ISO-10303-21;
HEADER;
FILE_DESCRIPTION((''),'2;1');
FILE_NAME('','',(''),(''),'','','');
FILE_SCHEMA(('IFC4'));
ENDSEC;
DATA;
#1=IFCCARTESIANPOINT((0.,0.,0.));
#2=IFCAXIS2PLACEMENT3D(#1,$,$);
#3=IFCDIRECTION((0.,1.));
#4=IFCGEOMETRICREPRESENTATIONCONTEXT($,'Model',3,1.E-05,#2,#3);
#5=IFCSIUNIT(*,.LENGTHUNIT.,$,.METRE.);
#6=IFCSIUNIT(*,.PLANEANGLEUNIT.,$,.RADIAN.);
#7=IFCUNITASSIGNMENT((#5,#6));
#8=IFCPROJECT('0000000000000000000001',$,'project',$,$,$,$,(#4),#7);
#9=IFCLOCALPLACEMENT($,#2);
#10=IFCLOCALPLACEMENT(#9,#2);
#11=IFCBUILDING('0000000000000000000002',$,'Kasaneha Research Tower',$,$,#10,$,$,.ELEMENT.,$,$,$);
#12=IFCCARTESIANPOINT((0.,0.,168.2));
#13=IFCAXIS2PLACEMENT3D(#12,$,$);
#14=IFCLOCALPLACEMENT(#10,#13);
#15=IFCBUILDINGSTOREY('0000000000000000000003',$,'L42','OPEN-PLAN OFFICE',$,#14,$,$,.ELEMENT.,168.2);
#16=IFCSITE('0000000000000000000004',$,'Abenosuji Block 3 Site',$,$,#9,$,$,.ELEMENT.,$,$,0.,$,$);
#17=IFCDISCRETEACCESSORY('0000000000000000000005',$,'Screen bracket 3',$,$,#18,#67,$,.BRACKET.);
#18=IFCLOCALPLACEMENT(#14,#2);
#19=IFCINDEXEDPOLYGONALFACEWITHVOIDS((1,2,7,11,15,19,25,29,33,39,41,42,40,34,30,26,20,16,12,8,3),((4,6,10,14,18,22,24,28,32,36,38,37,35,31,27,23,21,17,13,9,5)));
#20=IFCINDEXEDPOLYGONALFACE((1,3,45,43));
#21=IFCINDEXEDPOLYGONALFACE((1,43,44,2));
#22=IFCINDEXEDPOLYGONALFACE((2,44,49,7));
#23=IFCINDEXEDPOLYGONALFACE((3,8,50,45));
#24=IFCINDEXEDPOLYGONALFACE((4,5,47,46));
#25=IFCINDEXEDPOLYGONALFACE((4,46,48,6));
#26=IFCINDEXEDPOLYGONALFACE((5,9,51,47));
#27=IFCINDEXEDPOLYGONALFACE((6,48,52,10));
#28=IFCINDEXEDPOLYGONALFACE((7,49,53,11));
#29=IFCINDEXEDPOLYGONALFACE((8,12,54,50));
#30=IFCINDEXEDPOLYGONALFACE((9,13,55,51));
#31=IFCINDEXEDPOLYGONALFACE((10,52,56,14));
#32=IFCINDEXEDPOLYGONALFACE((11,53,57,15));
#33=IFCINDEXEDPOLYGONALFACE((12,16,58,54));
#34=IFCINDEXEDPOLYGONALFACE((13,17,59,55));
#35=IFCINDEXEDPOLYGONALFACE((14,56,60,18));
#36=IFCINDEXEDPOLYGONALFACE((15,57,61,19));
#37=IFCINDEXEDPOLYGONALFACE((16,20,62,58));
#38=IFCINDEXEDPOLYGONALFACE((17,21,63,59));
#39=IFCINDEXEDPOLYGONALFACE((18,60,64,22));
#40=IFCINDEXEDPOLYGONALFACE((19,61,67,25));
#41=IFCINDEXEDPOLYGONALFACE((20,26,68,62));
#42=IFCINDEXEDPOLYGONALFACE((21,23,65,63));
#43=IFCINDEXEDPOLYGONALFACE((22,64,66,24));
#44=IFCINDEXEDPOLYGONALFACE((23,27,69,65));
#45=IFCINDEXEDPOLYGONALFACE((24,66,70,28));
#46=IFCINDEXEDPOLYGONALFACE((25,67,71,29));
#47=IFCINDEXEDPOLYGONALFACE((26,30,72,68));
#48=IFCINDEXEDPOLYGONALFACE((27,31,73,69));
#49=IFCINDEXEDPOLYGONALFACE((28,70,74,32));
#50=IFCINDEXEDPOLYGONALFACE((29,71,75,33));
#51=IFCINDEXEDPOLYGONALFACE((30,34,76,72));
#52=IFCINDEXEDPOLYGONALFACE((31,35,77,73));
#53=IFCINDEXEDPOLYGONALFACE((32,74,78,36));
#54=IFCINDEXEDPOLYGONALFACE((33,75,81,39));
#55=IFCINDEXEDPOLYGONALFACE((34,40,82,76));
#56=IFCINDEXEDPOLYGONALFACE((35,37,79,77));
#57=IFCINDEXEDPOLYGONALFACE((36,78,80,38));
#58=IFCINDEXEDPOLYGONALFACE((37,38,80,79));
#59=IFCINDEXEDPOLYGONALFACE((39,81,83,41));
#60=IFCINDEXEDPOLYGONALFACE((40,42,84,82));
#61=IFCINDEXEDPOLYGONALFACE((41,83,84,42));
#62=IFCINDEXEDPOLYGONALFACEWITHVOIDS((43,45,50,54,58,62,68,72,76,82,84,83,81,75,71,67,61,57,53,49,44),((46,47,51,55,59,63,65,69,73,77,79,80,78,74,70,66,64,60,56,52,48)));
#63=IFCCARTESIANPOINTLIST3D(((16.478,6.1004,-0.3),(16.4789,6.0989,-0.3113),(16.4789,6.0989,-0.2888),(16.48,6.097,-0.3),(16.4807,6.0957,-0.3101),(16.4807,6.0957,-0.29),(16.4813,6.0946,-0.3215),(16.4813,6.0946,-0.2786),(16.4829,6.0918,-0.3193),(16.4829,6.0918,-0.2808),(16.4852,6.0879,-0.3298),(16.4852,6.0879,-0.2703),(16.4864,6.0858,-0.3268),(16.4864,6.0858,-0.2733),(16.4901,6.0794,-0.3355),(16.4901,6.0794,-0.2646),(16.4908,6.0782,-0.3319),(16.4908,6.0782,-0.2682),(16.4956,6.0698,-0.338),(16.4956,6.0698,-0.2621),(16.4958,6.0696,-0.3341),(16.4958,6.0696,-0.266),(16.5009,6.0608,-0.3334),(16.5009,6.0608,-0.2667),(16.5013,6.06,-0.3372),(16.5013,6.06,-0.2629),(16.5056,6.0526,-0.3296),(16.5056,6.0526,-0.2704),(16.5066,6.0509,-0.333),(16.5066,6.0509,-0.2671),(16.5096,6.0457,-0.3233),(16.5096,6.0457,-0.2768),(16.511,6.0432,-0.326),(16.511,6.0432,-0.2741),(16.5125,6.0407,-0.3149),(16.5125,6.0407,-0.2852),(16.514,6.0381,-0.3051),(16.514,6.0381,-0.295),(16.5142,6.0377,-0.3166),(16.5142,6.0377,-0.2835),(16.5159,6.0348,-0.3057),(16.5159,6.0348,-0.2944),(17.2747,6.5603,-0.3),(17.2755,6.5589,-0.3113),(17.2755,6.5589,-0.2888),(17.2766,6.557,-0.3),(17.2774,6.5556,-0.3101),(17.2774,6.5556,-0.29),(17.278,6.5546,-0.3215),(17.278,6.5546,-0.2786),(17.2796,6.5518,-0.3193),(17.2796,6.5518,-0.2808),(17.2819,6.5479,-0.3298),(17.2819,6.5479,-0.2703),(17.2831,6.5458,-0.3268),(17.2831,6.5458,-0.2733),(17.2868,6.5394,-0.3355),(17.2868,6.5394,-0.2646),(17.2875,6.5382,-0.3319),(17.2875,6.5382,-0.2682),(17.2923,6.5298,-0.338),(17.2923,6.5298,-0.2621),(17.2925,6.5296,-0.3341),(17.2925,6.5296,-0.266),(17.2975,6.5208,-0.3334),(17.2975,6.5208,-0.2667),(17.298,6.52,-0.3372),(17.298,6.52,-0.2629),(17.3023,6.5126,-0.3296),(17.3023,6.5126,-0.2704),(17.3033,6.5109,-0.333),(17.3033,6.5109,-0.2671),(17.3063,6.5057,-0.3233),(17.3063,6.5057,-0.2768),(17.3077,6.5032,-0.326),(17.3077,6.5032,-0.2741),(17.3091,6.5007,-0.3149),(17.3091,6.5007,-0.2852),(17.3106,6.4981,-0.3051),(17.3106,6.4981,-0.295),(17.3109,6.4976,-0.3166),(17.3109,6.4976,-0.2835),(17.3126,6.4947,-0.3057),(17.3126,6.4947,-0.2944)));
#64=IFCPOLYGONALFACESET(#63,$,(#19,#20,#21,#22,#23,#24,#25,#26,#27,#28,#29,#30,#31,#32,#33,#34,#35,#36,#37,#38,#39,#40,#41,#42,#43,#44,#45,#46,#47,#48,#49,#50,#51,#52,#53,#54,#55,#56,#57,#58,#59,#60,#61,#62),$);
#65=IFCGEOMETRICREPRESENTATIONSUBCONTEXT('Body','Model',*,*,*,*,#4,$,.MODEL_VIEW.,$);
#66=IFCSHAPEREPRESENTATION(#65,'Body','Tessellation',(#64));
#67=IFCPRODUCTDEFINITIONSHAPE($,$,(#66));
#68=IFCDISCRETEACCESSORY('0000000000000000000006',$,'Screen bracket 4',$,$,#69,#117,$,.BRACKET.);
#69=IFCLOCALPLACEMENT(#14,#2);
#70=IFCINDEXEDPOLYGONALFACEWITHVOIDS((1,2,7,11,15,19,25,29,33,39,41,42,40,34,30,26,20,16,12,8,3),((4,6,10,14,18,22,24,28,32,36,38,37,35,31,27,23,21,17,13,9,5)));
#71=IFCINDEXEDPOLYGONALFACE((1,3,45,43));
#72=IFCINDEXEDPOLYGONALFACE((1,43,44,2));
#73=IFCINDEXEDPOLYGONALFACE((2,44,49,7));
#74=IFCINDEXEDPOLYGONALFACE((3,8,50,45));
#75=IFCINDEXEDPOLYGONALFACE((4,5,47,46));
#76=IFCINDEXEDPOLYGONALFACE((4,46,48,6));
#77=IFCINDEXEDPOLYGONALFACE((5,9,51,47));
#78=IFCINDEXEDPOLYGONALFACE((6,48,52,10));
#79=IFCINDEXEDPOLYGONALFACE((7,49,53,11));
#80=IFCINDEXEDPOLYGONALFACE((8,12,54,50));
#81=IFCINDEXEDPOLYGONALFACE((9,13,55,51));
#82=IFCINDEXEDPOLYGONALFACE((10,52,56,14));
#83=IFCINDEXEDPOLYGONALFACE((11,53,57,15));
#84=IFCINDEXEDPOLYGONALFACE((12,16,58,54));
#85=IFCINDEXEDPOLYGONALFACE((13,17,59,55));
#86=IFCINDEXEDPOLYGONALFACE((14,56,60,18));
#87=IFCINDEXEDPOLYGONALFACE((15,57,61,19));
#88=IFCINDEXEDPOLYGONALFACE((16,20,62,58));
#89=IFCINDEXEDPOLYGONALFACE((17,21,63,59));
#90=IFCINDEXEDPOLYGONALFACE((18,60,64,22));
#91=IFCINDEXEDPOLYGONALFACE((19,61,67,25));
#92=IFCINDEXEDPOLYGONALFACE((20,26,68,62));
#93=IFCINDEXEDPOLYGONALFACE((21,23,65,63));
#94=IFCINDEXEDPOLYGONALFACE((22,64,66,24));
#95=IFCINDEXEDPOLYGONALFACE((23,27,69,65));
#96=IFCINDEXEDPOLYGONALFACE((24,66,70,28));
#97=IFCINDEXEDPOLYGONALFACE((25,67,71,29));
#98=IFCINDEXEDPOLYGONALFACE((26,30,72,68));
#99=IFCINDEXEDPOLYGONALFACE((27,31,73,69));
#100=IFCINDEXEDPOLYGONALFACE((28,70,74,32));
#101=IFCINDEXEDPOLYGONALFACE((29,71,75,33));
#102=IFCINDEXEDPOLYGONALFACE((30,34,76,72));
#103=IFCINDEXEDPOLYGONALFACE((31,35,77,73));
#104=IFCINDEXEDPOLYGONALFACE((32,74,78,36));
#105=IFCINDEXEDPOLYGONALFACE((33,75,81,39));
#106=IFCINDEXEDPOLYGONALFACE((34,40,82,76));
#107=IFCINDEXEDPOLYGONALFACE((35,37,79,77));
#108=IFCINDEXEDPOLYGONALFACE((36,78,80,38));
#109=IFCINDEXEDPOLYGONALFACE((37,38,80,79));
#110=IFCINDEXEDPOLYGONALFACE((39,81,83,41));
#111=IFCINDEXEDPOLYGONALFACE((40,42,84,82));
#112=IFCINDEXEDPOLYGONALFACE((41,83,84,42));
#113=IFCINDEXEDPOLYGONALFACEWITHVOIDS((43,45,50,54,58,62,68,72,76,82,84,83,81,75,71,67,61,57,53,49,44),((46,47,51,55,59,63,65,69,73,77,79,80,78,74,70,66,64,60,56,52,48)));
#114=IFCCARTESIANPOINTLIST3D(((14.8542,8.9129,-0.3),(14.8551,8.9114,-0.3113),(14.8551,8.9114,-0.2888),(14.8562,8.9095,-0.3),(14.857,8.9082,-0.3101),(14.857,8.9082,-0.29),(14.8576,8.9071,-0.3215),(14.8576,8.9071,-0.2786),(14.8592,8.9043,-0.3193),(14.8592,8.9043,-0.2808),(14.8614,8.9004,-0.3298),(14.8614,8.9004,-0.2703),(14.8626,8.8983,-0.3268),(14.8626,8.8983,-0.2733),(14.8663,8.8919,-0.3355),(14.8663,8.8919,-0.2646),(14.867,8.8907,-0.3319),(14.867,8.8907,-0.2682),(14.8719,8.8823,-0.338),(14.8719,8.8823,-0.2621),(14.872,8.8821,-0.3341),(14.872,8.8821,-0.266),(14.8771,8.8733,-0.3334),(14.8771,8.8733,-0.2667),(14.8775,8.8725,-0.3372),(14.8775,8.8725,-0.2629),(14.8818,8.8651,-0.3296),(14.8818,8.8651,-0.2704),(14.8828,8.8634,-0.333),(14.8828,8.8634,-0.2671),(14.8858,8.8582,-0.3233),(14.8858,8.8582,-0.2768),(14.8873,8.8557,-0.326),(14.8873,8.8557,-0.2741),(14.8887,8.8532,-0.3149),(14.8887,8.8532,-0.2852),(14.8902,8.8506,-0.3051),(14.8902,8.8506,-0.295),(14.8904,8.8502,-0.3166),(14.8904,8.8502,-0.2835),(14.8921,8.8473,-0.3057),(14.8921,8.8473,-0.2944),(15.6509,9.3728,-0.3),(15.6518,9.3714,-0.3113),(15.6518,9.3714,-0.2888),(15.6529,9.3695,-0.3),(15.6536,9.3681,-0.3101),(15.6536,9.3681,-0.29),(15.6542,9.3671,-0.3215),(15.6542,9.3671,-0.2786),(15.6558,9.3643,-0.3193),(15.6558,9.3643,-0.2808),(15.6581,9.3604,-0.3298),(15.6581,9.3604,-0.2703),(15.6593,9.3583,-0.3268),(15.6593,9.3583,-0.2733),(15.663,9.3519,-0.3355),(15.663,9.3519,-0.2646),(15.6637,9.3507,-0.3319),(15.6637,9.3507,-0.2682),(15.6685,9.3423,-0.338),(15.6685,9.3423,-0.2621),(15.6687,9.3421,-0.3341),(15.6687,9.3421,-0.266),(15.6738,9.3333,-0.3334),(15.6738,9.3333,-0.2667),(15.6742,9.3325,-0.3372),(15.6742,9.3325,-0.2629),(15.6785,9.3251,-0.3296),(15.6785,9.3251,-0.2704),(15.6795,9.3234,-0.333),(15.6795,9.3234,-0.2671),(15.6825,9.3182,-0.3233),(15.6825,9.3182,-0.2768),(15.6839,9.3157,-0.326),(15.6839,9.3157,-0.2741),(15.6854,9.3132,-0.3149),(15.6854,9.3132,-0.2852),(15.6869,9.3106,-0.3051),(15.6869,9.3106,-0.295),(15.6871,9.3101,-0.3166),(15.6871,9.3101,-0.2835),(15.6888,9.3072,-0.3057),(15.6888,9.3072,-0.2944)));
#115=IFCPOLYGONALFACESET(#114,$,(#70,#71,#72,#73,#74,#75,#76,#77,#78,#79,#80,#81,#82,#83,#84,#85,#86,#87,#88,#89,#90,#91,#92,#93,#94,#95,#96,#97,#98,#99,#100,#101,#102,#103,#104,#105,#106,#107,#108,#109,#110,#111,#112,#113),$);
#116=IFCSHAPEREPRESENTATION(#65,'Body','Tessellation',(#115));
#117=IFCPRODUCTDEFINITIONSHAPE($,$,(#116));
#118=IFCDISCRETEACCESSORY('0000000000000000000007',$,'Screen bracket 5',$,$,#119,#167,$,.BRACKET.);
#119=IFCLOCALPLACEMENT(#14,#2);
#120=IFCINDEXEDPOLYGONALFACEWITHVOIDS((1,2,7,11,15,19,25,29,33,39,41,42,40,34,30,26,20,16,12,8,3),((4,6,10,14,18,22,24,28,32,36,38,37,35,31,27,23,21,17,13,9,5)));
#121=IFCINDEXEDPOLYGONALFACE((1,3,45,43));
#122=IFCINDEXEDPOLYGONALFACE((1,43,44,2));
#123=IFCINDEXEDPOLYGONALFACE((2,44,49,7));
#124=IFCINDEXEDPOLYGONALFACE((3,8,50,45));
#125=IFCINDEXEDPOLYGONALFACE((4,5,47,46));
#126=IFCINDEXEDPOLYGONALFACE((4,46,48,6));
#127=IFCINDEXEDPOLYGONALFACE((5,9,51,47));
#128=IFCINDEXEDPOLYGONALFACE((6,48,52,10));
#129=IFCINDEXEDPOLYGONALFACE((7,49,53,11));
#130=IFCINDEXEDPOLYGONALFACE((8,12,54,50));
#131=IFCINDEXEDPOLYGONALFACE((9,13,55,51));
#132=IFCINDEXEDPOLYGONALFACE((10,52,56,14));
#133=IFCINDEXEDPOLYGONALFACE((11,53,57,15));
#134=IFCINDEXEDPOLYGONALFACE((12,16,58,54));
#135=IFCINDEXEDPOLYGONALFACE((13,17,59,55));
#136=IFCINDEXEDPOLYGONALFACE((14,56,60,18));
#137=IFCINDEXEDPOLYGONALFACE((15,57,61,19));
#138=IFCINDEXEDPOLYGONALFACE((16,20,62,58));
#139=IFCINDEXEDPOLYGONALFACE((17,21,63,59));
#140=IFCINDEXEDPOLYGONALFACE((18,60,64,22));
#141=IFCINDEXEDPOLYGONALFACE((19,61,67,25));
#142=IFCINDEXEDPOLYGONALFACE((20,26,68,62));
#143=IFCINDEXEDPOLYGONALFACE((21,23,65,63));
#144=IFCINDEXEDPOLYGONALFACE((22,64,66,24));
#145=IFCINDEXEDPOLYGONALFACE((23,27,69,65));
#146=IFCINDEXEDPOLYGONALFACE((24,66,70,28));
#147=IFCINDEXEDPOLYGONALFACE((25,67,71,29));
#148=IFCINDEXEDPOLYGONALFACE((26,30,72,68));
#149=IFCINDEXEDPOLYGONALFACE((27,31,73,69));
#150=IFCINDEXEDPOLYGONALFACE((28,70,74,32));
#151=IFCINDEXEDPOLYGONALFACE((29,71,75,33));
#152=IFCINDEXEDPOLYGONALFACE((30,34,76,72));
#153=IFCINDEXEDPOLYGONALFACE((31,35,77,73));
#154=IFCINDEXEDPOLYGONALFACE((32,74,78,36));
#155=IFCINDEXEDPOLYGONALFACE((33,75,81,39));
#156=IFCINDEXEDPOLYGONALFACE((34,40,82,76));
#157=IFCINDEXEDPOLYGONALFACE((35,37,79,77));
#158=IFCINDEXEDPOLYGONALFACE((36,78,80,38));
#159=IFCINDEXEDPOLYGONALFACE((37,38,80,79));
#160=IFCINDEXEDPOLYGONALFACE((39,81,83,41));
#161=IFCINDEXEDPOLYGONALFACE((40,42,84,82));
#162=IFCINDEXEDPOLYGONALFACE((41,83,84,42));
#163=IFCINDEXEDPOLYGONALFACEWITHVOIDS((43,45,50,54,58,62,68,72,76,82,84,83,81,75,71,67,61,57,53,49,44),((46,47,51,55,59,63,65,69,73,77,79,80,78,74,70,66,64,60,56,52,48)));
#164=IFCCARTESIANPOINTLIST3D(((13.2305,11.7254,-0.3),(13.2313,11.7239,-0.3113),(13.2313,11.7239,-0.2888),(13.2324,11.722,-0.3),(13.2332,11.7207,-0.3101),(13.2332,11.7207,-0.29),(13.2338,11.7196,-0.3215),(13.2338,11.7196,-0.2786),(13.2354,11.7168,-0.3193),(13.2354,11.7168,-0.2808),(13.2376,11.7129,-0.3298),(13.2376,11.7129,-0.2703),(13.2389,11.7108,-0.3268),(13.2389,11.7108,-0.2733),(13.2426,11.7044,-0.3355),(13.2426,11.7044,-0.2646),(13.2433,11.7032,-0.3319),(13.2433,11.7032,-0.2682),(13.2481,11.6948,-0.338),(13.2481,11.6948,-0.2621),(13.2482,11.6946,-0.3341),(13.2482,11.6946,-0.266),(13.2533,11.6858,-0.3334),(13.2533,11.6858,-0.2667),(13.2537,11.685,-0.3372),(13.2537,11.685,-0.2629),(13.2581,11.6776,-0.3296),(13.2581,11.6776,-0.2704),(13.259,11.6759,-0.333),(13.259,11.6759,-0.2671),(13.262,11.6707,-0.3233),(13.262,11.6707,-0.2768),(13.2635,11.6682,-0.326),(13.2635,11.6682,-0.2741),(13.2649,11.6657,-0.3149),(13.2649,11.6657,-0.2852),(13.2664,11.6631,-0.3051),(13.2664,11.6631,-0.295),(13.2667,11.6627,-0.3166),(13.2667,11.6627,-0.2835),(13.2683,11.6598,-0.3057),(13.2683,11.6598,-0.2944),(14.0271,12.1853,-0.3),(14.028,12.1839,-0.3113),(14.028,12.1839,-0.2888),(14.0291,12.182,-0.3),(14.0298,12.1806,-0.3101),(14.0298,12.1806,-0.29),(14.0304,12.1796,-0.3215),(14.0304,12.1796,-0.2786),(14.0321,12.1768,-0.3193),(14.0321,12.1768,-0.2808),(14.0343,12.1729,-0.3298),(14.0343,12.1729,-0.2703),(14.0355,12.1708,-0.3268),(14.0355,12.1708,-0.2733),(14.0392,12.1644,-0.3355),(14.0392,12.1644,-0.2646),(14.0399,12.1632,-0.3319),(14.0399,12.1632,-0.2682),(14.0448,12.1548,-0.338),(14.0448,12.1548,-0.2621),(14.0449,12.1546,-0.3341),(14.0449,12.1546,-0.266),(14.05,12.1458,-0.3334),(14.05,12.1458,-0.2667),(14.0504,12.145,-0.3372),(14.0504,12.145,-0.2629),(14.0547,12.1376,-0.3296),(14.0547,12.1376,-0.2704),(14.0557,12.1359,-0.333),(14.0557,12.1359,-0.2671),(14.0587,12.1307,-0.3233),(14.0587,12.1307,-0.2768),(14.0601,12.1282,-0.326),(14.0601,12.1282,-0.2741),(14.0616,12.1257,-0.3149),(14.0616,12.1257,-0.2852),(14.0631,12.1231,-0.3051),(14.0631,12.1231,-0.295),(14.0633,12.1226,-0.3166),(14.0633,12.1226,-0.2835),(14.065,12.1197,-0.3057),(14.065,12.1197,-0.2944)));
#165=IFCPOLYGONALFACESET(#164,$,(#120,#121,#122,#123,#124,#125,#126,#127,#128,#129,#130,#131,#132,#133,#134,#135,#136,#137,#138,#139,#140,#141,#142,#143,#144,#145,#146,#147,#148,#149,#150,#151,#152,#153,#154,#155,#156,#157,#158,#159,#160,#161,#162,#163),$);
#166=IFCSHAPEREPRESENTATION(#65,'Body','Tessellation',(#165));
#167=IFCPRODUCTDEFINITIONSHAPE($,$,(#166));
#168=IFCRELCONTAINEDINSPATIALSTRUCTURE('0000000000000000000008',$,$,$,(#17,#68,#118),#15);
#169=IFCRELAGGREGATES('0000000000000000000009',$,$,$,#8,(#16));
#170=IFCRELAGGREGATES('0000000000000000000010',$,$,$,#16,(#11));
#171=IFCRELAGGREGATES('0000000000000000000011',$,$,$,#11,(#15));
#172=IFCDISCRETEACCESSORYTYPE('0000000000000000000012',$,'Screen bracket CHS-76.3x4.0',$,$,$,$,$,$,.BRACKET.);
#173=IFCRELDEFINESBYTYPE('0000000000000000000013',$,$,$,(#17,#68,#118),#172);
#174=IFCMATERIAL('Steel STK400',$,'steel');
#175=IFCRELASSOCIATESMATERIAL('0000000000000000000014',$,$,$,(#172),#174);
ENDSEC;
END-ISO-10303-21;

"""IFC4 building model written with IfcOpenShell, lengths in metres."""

from ifc_helpers import new_model, si_unit, direction, frame, origin, origin_2d, place, context, subcontext, project, spatial, hollow_circle, extrude, material, material_profile, profile_set, type_object, element, save


model = new_model("IFC4")

# Units and contexts
model_context = context("Model", 3, precision=1e-05, world=origin(), true_north=direction((0.0, 1.0)))
body_context = subcontext(model_context, "Body", "Model", "MODEL_VIEW")
ifc_project = project(units=[si_unit("LENGTHUNIT", "METRE"), si_unit("PLANEANGLEUNIT", "RADIAN")], contexts=[model_context])

# Site, building, storey
site_placement = place(None, origin())
site = spatial("IfcSite", under=ifc_project, at=site_placement, Name="Abenosuji Block 3 Site", CompositionType="ELEMENT", RefElevation=0.0)
building_placement = place(site_placement, origin())
building = spatial("IfcBuilding", under=site, at=building_placement, Name="Kasaneha Research Tower", CompositionType="ELEMENT")
storey_placement = place(building_placement, frame((0.0, 0.0, 168.2)))
storey = spatial("IfcBuildingStorey", under=building, at=storey_placement, Name="L42", Description="OPEN-PLAN OFFICE", CompositionType="ELEMENT", Elevation=168.2)

# Discrete accessories
ifc_material_1 = material(Name="Steel STK400", Category="steel")
ifc_material_profile_1 = material_profile(ifc_material_1, hollow_circle(Radius=0.0381, WallThickness=0.0039, at=origin_2d()), Name="CHS-76.3x4.0")
ifc_profile_set_1 = profile_set([ifc_material_profile_1], Name="Steel STK400")
discrete_accessory_type = type_object("IfcDiscreteAccessoryType", Name="Screen bracket CHS-76.3x4.0", PredefinedType="BRACKET", material=ifc_profile_set_1)
for number, where, z_axis, x_axis, name in (
    (1, (16.4971, 6.0674, -0.3), (0.866013, 0.500021, 0.0), (-0.500021, 0.866013, 0.0), "Screen bracket 3"),
    (2, (14.8733, 8.8799, -0.3), (0.866013, 0.500021, 0.0), (-0.500021, 0.866013, 0.0), "Screen bracket 4"),
    (3, (13.2495, 11.6924, -0.3), (0.866013, 0.500021, 0.0), (-0.500021, 0.866013, 0.0), "Screen bracket 5"),
):
    element("IfcDiscreteAccessory", number, at=place(storey_placement, frame(where, z_axis=z_axis, x_axis=x_axis)), inside=storey, type_object=discrete_accessory_type, Name=name, PredefinedType="BRACKET", context=body_context, shape_type="SweptSolid", body=[
        extrude(hollow_circle(Radius=0.0381, WallThickness=0.0039, at=origin_2d()), origin(), (0.0, 0.0, 1.0), 0.9199),
    ])

save(model, "model.ifc")
